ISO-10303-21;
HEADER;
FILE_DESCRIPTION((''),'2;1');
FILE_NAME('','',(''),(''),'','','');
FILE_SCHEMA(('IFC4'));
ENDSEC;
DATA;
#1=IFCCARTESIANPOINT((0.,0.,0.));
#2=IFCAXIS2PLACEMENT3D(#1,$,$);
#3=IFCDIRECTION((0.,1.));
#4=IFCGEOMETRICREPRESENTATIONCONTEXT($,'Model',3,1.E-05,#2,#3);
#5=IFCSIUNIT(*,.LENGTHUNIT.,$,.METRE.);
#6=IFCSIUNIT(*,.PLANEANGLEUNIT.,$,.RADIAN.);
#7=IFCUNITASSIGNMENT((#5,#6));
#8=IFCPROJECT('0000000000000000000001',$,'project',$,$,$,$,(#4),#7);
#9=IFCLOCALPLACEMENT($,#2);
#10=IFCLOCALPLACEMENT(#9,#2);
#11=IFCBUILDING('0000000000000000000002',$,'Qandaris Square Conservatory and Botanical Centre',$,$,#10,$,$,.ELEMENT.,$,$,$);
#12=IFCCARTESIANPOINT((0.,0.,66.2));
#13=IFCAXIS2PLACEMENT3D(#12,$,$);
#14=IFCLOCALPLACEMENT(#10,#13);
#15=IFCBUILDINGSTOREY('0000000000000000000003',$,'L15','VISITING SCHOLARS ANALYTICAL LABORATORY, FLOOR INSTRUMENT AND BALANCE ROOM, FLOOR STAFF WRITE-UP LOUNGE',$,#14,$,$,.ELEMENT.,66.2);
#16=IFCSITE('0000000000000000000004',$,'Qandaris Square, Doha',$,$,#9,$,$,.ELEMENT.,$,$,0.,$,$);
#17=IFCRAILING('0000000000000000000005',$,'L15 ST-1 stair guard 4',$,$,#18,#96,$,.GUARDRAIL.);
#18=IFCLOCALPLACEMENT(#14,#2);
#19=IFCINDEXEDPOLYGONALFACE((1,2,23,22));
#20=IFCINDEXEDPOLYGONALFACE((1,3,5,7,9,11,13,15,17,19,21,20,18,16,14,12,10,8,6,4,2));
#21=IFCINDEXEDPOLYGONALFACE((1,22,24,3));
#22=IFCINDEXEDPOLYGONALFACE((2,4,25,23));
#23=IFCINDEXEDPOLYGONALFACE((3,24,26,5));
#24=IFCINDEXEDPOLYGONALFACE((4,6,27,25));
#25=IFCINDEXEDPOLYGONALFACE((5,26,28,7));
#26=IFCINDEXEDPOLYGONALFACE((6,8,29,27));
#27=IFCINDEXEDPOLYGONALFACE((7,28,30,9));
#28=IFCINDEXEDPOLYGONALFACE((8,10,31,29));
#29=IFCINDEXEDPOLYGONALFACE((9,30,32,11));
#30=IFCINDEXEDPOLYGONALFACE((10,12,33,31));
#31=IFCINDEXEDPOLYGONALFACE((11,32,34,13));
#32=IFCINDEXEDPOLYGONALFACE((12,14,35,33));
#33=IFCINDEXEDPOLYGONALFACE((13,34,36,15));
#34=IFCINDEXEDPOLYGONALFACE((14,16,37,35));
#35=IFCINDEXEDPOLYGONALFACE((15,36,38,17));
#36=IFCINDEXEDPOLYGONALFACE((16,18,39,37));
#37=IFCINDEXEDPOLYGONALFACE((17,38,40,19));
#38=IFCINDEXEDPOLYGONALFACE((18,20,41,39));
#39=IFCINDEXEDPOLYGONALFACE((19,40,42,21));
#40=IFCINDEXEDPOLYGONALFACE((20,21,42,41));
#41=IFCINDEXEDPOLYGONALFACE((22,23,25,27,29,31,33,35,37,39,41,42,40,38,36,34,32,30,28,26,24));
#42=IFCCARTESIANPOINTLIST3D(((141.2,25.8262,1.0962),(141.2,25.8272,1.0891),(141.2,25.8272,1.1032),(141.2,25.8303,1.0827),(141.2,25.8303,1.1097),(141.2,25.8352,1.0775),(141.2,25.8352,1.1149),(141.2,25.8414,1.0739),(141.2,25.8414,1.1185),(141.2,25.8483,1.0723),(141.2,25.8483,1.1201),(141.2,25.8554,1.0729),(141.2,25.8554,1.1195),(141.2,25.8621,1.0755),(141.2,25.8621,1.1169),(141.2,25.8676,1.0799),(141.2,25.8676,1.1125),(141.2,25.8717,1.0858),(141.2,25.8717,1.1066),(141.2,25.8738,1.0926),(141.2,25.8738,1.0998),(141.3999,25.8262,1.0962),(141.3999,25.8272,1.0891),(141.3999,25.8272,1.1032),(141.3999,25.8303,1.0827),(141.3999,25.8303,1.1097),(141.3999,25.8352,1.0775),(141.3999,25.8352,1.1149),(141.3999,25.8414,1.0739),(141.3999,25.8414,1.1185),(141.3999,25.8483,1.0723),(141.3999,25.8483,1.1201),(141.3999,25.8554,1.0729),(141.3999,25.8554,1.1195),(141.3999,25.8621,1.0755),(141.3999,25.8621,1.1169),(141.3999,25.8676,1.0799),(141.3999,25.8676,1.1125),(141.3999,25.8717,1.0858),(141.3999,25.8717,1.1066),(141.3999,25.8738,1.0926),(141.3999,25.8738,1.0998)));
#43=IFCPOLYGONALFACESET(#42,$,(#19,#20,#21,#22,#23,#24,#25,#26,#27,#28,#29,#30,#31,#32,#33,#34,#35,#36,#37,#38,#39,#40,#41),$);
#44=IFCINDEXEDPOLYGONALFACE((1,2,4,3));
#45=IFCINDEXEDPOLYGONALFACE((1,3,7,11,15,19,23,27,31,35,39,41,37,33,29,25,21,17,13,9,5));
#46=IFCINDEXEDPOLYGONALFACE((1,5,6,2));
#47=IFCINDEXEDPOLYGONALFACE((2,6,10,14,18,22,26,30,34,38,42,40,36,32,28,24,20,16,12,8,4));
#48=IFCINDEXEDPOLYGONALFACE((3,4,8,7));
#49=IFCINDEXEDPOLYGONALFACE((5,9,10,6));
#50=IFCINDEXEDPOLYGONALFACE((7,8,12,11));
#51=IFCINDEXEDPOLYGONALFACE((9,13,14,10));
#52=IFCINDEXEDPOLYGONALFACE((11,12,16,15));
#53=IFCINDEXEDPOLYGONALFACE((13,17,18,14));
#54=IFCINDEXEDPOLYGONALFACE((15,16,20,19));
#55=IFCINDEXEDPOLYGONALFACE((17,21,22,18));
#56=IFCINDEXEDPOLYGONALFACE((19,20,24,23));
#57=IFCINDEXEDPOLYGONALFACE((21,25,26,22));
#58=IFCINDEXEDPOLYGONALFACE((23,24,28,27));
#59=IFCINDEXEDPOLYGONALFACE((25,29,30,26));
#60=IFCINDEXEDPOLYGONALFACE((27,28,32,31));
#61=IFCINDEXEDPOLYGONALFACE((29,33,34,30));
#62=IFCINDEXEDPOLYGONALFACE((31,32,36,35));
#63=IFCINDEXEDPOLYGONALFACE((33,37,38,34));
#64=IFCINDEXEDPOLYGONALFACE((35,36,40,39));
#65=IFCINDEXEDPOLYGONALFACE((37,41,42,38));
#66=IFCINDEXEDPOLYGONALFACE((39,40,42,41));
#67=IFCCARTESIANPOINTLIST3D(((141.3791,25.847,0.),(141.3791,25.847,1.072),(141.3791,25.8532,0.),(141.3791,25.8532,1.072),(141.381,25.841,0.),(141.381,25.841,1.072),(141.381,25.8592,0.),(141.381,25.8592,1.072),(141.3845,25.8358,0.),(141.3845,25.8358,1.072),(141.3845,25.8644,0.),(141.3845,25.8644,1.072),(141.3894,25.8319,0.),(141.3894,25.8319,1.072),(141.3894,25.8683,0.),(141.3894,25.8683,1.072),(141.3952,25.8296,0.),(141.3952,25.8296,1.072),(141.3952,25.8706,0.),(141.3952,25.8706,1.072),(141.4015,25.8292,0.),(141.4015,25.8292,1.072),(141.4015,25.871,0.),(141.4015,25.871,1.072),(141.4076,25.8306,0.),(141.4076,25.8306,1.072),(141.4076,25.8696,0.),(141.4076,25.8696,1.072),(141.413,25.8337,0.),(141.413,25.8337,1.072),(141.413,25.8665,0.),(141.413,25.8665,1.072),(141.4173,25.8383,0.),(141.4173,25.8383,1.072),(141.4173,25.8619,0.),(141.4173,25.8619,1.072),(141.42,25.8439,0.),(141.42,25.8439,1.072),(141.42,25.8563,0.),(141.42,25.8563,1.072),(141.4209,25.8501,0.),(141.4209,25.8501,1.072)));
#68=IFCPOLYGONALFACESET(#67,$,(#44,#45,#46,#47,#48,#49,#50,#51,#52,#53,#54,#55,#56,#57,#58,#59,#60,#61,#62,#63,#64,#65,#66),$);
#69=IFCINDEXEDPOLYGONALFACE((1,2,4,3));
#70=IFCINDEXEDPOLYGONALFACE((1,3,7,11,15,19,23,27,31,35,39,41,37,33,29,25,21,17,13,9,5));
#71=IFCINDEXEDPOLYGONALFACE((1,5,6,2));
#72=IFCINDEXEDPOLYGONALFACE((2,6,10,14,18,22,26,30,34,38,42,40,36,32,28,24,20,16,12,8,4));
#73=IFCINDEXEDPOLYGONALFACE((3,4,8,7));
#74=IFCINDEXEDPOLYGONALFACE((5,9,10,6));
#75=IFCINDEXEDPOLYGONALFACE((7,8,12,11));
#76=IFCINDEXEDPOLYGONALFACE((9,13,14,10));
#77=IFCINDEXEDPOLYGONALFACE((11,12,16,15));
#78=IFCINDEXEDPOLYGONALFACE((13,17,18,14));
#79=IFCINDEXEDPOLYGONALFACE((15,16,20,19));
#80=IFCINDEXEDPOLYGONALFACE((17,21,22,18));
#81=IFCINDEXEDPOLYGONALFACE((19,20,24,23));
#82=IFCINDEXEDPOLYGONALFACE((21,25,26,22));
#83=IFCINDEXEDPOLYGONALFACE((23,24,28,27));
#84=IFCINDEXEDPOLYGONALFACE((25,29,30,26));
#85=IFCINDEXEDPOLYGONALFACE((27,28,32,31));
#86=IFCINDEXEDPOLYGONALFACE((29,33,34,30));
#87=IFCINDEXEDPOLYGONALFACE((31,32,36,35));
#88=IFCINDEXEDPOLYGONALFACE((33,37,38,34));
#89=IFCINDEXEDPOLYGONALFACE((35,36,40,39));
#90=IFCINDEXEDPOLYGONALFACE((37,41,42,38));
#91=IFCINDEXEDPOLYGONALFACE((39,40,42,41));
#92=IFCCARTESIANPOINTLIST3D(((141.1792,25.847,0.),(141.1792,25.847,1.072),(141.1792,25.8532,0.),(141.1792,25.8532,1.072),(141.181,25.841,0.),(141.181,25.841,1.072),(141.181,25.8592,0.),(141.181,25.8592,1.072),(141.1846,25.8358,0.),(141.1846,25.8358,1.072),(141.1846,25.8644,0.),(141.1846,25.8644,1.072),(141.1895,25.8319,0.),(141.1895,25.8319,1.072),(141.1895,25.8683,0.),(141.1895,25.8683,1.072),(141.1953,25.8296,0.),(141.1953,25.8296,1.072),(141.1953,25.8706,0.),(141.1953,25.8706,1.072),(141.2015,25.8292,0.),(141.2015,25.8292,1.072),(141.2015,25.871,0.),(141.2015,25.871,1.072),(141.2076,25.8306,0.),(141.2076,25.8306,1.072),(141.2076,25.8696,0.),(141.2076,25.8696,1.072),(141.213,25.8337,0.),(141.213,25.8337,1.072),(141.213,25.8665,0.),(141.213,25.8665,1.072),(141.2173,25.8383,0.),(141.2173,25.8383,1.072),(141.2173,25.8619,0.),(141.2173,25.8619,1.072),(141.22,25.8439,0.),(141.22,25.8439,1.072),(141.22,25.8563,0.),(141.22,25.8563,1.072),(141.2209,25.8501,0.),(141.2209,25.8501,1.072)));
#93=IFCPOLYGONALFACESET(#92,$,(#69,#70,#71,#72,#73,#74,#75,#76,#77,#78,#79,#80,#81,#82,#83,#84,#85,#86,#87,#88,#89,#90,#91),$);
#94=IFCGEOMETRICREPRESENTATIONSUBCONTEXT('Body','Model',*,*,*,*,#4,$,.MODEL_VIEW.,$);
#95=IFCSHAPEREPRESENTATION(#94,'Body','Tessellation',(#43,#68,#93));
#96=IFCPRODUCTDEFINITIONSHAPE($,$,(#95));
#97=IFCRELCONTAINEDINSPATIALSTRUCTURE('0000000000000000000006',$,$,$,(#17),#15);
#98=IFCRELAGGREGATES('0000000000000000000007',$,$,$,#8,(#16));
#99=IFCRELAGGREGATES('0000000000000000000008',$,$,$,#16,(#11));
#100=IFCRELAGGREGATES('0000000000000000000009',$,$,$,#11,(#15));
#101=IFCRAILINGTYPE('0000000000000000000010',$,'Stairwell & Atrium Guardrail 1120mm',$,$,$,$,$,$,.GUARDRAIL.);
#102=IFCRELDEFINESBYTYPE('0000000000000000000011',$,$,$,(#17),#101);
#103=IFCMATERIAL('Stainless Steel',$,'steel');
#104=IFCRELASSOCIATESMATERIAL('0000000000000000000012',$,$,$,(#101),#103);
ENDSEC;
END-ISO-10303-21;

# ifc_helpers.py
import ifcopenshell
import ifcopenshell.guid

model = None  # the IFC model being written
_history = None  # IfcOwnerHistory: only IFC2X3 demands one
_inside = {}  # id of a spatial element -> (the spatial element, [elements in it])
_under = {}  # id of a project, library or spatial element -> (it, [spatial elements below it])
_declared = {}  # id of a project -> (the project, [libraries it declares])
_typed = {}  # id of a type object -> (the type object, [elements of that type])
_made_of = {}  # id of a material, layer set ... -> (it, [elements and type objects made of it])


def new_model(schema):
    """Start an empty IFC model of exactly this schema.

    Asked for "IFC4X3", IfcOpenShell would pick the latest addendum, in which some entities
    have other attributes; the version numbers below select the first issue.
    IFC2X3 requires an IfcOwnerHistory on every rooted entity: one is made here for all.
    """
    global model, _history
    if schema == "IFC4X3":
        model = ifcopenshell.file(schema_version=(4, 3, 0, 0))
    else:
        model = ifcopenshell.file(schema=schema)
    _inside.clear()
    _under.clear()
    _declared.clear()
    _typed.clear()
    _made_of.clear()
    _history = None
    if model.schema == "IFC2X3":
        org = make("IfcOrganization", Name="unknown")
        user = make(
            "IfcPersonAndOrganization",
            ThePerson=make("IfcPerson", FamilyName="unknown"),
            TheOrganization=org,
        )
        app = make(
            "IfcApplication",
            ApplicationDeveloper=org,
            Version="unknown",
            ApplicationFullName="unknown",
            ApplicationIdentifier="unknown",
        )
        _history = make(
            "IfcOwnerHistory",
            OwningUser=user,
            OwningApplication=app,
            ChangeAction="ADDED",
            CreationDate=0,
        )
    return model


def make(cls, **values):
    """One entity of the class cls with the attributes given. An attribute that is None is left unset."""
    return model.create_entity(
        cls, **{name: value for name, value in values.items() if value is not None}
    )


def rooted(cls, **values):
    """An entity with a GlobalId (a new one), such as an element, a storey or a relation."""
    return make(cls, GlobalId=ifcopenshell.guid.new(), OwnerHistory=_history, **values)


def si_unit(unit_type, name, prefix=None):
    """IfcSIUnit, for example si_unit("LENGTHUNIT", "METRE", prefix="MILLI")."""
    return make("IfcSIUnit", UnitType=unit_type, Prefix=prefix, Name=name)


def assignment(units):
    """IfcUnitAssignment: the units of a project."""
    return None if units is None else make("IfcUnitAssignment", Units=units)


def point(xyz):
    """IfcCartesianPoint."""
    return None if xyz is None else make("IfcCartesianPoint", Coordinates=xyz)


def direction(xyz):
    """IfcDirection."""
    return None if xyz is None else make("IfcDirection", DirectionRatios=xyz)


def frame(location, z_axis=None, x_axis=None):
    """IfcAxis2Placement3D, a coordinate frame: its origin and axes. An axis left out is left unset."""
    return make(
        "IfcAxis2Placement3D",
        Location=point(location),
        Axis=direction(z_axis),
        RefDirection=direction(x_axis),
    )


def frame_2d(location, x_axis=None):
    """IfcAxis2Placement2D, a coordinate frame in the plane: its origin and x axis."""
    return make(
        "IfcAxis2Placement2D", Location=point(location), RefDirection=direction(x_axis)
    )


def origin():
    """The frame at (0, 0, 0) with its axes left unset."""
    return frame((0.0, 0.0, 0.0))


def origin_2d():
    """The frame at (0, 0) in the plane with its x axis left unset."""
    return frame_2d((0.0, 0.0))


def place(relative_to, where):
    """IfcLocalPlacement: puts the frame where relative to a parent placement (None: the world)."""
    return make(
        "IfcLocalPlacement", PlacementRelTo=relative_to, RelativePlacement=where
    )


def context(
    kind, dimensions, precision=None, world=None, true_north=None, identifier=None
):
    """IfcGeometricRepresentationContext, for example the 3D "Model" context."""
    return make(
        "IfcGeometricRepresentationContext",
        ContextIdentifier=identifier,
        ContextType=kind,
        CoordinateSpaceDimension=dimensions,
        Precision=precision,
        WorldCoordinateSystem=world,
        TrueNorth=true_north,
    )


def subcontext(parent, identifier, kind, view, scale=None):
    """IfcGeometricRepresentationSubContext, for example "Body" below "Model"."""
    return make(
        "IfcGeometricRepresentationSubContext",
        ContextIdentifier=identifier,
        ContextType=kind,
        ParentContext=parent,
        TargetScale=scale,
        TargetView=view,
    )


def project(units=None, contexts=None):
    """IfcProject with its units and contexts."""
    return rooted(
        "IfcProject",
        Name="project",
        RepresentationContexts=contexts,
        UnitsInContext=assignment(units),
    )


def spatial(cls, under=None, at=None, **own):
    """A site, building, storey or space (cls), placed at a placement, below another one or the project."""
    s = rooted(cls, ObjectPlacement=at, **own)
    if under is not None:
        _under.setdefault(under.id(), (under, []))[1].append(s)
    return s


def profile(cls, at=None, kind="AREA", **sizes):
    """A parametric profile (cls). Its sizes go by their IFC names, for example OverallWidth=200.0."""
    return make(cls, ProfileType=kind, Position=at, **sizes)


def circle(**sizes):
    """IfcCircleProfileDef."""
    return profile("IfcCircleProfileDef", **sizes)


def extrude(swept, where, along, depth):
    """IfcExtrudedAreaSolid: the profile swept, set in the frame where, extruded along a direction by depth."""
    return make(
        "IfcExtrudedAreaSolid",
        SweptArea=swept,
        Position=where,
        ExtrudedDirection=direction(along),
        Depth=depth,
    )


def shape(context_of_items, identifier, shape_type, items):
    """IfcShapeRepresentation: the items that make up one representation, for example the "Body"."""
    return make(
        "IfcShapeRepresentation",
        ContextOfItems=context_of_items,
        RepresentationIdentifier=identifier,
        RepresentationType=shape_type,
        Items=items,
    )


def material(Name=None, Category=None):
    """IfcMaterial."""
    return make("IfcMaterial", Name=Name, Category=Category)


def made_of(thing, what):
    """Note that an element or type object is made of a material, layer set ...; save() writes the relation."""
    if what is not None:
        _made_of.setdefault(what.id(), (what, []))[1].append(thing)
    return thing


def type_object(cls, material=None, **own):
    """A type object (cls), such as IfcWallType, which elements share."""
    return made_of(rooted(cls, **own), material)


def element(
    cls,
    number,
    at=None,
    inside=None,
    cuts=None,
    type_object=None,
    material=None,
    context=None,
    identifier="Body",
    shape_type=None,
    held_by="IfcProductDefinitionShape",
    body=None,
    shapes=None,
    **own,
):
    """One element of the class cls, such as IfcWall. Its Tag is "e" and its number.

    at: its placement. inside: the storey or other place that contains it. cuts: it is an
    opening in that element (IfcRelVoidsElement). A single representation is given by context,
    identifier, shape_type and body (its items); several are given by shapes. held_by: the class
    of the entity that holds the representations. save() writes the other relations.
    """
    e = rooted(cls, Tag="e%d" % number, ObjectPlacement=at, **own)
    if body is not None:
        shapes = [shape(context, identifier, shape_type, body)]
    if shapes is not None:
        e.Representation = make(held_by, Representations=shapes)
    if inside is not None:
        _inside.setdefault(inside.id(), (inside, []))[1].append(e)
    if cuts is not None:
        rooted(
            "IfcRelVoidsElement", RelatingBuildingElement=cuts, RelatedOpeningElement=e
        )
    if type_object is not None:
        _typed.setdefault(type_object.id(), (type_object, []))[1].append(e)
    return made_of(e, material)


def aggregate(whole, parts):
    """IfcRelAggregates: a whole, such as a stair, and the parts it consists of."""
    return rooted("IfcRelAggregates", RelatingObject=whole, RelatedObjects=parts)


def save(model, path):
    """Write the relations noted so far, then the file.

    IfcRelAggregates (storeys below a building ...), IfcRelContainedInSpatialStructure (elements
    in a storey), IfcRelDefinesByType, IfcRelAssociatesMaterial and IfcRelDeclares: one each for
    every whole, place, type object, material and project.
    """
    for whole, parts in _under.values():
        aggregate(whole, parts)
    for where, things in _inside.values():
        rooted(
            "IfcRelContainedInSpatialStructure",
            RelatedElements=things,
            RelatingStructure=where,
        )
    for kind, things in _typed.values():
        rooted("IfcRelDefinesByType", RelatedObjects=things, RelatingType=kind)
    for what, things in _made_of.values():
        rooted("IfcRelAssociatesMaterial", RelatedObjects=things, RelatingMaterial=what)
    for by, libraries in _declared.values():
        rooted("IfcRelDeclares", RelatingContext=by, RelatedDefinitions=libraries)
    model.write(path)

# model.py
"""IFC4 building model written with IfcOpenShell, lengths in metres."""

from ifc_helpers import new_model, si_unit, direction, frame, origin, origin_2d, place, context, subcontext, project, spatial, circle, extrude, material, type_object, element, save


model = new_model("IFC4")

# Units and contexts
model_context = context("Model", 3, precision=1e-05, world=origin(), true_north=direction((0.0, 1.0)))
body_context = subcontext(model_context, "Body", "Model", "MODEL_VIEW")
ifc_project = project(units=[si_unit("LENGTHUNIT", "METRE"), si_unit("PLANEANGLEUNIT", "RADIAN")], contexts=[model_context])

# Site, building, storey
site_placement = place(None, origin())
site = spatial("IfcSite", under=ifc_project, at=site_placement, Name="Qandaris Square, Doha", CompositionType="ELEMENT", RefElevation=0.0)
building_placement = place(site_placement, origin())
building = spatial("IfcBuilding", under=site, at=building_placement, Name="Qandaris Square Conservatory and Botanical Centre", CompositionType="ELEMENT")
storey_placement = place(building_placement, frame((0.0, 0.0, 66.2)))
storey = spatial("IfcBuildingStorey", under=building, at=storey_placement, Name="L15", Description="VISITING SCHOLARS ANALYTICAL LABORATORY, FLOOR INSTRUMENT AND BALANCE ROOM, FLOOR STAFF WRITE-UP LOUNGE", CompositionType="ELEMENT", Elevation=66.2)

# Railing
ifc_material_1 = material(Name="Stainless Steel", Category="steel")
railing_type_1 = type_object("IfcRailingType", Name="Stairwell & Atrium Guardrail 1120mm", PredefinedType="GUARDRAIL", material=ifc_material_1)
railing_1_placement = place(storey_placement, frame((141.3999, 25.8501, 0.0)))
element("IfcRailing", 1, at=railing_1_placement, inside=storey, type_object=railing_type_1, Name="L15 ST-1 stair guard 4", PredefinedType="GUARDRAIL", context=body_context, shape_type="SweptSolid", body=[
    extrude(circle(Radius=0.0239, at=origin_2d()), frame((0.0, 0.0, 1.0962), z_axis=(-1.0, 0.0, 0.0), x_axis=(0.0, -1.0, 0.0)), (0.0, 0.0, 1.0), 0.2),
    extrude(circle(Radius=0.021, at=origin_2d()), origin(), (0.0, 0.0, 1.0), 1.072),
    extrude(circle(Radius=0.021, at=origin_2d()), frame((-0.2, 0.0, 0.0)), (0.0, 0.0, 1.0), 1.072),
])

save(model, "model.ifc")
